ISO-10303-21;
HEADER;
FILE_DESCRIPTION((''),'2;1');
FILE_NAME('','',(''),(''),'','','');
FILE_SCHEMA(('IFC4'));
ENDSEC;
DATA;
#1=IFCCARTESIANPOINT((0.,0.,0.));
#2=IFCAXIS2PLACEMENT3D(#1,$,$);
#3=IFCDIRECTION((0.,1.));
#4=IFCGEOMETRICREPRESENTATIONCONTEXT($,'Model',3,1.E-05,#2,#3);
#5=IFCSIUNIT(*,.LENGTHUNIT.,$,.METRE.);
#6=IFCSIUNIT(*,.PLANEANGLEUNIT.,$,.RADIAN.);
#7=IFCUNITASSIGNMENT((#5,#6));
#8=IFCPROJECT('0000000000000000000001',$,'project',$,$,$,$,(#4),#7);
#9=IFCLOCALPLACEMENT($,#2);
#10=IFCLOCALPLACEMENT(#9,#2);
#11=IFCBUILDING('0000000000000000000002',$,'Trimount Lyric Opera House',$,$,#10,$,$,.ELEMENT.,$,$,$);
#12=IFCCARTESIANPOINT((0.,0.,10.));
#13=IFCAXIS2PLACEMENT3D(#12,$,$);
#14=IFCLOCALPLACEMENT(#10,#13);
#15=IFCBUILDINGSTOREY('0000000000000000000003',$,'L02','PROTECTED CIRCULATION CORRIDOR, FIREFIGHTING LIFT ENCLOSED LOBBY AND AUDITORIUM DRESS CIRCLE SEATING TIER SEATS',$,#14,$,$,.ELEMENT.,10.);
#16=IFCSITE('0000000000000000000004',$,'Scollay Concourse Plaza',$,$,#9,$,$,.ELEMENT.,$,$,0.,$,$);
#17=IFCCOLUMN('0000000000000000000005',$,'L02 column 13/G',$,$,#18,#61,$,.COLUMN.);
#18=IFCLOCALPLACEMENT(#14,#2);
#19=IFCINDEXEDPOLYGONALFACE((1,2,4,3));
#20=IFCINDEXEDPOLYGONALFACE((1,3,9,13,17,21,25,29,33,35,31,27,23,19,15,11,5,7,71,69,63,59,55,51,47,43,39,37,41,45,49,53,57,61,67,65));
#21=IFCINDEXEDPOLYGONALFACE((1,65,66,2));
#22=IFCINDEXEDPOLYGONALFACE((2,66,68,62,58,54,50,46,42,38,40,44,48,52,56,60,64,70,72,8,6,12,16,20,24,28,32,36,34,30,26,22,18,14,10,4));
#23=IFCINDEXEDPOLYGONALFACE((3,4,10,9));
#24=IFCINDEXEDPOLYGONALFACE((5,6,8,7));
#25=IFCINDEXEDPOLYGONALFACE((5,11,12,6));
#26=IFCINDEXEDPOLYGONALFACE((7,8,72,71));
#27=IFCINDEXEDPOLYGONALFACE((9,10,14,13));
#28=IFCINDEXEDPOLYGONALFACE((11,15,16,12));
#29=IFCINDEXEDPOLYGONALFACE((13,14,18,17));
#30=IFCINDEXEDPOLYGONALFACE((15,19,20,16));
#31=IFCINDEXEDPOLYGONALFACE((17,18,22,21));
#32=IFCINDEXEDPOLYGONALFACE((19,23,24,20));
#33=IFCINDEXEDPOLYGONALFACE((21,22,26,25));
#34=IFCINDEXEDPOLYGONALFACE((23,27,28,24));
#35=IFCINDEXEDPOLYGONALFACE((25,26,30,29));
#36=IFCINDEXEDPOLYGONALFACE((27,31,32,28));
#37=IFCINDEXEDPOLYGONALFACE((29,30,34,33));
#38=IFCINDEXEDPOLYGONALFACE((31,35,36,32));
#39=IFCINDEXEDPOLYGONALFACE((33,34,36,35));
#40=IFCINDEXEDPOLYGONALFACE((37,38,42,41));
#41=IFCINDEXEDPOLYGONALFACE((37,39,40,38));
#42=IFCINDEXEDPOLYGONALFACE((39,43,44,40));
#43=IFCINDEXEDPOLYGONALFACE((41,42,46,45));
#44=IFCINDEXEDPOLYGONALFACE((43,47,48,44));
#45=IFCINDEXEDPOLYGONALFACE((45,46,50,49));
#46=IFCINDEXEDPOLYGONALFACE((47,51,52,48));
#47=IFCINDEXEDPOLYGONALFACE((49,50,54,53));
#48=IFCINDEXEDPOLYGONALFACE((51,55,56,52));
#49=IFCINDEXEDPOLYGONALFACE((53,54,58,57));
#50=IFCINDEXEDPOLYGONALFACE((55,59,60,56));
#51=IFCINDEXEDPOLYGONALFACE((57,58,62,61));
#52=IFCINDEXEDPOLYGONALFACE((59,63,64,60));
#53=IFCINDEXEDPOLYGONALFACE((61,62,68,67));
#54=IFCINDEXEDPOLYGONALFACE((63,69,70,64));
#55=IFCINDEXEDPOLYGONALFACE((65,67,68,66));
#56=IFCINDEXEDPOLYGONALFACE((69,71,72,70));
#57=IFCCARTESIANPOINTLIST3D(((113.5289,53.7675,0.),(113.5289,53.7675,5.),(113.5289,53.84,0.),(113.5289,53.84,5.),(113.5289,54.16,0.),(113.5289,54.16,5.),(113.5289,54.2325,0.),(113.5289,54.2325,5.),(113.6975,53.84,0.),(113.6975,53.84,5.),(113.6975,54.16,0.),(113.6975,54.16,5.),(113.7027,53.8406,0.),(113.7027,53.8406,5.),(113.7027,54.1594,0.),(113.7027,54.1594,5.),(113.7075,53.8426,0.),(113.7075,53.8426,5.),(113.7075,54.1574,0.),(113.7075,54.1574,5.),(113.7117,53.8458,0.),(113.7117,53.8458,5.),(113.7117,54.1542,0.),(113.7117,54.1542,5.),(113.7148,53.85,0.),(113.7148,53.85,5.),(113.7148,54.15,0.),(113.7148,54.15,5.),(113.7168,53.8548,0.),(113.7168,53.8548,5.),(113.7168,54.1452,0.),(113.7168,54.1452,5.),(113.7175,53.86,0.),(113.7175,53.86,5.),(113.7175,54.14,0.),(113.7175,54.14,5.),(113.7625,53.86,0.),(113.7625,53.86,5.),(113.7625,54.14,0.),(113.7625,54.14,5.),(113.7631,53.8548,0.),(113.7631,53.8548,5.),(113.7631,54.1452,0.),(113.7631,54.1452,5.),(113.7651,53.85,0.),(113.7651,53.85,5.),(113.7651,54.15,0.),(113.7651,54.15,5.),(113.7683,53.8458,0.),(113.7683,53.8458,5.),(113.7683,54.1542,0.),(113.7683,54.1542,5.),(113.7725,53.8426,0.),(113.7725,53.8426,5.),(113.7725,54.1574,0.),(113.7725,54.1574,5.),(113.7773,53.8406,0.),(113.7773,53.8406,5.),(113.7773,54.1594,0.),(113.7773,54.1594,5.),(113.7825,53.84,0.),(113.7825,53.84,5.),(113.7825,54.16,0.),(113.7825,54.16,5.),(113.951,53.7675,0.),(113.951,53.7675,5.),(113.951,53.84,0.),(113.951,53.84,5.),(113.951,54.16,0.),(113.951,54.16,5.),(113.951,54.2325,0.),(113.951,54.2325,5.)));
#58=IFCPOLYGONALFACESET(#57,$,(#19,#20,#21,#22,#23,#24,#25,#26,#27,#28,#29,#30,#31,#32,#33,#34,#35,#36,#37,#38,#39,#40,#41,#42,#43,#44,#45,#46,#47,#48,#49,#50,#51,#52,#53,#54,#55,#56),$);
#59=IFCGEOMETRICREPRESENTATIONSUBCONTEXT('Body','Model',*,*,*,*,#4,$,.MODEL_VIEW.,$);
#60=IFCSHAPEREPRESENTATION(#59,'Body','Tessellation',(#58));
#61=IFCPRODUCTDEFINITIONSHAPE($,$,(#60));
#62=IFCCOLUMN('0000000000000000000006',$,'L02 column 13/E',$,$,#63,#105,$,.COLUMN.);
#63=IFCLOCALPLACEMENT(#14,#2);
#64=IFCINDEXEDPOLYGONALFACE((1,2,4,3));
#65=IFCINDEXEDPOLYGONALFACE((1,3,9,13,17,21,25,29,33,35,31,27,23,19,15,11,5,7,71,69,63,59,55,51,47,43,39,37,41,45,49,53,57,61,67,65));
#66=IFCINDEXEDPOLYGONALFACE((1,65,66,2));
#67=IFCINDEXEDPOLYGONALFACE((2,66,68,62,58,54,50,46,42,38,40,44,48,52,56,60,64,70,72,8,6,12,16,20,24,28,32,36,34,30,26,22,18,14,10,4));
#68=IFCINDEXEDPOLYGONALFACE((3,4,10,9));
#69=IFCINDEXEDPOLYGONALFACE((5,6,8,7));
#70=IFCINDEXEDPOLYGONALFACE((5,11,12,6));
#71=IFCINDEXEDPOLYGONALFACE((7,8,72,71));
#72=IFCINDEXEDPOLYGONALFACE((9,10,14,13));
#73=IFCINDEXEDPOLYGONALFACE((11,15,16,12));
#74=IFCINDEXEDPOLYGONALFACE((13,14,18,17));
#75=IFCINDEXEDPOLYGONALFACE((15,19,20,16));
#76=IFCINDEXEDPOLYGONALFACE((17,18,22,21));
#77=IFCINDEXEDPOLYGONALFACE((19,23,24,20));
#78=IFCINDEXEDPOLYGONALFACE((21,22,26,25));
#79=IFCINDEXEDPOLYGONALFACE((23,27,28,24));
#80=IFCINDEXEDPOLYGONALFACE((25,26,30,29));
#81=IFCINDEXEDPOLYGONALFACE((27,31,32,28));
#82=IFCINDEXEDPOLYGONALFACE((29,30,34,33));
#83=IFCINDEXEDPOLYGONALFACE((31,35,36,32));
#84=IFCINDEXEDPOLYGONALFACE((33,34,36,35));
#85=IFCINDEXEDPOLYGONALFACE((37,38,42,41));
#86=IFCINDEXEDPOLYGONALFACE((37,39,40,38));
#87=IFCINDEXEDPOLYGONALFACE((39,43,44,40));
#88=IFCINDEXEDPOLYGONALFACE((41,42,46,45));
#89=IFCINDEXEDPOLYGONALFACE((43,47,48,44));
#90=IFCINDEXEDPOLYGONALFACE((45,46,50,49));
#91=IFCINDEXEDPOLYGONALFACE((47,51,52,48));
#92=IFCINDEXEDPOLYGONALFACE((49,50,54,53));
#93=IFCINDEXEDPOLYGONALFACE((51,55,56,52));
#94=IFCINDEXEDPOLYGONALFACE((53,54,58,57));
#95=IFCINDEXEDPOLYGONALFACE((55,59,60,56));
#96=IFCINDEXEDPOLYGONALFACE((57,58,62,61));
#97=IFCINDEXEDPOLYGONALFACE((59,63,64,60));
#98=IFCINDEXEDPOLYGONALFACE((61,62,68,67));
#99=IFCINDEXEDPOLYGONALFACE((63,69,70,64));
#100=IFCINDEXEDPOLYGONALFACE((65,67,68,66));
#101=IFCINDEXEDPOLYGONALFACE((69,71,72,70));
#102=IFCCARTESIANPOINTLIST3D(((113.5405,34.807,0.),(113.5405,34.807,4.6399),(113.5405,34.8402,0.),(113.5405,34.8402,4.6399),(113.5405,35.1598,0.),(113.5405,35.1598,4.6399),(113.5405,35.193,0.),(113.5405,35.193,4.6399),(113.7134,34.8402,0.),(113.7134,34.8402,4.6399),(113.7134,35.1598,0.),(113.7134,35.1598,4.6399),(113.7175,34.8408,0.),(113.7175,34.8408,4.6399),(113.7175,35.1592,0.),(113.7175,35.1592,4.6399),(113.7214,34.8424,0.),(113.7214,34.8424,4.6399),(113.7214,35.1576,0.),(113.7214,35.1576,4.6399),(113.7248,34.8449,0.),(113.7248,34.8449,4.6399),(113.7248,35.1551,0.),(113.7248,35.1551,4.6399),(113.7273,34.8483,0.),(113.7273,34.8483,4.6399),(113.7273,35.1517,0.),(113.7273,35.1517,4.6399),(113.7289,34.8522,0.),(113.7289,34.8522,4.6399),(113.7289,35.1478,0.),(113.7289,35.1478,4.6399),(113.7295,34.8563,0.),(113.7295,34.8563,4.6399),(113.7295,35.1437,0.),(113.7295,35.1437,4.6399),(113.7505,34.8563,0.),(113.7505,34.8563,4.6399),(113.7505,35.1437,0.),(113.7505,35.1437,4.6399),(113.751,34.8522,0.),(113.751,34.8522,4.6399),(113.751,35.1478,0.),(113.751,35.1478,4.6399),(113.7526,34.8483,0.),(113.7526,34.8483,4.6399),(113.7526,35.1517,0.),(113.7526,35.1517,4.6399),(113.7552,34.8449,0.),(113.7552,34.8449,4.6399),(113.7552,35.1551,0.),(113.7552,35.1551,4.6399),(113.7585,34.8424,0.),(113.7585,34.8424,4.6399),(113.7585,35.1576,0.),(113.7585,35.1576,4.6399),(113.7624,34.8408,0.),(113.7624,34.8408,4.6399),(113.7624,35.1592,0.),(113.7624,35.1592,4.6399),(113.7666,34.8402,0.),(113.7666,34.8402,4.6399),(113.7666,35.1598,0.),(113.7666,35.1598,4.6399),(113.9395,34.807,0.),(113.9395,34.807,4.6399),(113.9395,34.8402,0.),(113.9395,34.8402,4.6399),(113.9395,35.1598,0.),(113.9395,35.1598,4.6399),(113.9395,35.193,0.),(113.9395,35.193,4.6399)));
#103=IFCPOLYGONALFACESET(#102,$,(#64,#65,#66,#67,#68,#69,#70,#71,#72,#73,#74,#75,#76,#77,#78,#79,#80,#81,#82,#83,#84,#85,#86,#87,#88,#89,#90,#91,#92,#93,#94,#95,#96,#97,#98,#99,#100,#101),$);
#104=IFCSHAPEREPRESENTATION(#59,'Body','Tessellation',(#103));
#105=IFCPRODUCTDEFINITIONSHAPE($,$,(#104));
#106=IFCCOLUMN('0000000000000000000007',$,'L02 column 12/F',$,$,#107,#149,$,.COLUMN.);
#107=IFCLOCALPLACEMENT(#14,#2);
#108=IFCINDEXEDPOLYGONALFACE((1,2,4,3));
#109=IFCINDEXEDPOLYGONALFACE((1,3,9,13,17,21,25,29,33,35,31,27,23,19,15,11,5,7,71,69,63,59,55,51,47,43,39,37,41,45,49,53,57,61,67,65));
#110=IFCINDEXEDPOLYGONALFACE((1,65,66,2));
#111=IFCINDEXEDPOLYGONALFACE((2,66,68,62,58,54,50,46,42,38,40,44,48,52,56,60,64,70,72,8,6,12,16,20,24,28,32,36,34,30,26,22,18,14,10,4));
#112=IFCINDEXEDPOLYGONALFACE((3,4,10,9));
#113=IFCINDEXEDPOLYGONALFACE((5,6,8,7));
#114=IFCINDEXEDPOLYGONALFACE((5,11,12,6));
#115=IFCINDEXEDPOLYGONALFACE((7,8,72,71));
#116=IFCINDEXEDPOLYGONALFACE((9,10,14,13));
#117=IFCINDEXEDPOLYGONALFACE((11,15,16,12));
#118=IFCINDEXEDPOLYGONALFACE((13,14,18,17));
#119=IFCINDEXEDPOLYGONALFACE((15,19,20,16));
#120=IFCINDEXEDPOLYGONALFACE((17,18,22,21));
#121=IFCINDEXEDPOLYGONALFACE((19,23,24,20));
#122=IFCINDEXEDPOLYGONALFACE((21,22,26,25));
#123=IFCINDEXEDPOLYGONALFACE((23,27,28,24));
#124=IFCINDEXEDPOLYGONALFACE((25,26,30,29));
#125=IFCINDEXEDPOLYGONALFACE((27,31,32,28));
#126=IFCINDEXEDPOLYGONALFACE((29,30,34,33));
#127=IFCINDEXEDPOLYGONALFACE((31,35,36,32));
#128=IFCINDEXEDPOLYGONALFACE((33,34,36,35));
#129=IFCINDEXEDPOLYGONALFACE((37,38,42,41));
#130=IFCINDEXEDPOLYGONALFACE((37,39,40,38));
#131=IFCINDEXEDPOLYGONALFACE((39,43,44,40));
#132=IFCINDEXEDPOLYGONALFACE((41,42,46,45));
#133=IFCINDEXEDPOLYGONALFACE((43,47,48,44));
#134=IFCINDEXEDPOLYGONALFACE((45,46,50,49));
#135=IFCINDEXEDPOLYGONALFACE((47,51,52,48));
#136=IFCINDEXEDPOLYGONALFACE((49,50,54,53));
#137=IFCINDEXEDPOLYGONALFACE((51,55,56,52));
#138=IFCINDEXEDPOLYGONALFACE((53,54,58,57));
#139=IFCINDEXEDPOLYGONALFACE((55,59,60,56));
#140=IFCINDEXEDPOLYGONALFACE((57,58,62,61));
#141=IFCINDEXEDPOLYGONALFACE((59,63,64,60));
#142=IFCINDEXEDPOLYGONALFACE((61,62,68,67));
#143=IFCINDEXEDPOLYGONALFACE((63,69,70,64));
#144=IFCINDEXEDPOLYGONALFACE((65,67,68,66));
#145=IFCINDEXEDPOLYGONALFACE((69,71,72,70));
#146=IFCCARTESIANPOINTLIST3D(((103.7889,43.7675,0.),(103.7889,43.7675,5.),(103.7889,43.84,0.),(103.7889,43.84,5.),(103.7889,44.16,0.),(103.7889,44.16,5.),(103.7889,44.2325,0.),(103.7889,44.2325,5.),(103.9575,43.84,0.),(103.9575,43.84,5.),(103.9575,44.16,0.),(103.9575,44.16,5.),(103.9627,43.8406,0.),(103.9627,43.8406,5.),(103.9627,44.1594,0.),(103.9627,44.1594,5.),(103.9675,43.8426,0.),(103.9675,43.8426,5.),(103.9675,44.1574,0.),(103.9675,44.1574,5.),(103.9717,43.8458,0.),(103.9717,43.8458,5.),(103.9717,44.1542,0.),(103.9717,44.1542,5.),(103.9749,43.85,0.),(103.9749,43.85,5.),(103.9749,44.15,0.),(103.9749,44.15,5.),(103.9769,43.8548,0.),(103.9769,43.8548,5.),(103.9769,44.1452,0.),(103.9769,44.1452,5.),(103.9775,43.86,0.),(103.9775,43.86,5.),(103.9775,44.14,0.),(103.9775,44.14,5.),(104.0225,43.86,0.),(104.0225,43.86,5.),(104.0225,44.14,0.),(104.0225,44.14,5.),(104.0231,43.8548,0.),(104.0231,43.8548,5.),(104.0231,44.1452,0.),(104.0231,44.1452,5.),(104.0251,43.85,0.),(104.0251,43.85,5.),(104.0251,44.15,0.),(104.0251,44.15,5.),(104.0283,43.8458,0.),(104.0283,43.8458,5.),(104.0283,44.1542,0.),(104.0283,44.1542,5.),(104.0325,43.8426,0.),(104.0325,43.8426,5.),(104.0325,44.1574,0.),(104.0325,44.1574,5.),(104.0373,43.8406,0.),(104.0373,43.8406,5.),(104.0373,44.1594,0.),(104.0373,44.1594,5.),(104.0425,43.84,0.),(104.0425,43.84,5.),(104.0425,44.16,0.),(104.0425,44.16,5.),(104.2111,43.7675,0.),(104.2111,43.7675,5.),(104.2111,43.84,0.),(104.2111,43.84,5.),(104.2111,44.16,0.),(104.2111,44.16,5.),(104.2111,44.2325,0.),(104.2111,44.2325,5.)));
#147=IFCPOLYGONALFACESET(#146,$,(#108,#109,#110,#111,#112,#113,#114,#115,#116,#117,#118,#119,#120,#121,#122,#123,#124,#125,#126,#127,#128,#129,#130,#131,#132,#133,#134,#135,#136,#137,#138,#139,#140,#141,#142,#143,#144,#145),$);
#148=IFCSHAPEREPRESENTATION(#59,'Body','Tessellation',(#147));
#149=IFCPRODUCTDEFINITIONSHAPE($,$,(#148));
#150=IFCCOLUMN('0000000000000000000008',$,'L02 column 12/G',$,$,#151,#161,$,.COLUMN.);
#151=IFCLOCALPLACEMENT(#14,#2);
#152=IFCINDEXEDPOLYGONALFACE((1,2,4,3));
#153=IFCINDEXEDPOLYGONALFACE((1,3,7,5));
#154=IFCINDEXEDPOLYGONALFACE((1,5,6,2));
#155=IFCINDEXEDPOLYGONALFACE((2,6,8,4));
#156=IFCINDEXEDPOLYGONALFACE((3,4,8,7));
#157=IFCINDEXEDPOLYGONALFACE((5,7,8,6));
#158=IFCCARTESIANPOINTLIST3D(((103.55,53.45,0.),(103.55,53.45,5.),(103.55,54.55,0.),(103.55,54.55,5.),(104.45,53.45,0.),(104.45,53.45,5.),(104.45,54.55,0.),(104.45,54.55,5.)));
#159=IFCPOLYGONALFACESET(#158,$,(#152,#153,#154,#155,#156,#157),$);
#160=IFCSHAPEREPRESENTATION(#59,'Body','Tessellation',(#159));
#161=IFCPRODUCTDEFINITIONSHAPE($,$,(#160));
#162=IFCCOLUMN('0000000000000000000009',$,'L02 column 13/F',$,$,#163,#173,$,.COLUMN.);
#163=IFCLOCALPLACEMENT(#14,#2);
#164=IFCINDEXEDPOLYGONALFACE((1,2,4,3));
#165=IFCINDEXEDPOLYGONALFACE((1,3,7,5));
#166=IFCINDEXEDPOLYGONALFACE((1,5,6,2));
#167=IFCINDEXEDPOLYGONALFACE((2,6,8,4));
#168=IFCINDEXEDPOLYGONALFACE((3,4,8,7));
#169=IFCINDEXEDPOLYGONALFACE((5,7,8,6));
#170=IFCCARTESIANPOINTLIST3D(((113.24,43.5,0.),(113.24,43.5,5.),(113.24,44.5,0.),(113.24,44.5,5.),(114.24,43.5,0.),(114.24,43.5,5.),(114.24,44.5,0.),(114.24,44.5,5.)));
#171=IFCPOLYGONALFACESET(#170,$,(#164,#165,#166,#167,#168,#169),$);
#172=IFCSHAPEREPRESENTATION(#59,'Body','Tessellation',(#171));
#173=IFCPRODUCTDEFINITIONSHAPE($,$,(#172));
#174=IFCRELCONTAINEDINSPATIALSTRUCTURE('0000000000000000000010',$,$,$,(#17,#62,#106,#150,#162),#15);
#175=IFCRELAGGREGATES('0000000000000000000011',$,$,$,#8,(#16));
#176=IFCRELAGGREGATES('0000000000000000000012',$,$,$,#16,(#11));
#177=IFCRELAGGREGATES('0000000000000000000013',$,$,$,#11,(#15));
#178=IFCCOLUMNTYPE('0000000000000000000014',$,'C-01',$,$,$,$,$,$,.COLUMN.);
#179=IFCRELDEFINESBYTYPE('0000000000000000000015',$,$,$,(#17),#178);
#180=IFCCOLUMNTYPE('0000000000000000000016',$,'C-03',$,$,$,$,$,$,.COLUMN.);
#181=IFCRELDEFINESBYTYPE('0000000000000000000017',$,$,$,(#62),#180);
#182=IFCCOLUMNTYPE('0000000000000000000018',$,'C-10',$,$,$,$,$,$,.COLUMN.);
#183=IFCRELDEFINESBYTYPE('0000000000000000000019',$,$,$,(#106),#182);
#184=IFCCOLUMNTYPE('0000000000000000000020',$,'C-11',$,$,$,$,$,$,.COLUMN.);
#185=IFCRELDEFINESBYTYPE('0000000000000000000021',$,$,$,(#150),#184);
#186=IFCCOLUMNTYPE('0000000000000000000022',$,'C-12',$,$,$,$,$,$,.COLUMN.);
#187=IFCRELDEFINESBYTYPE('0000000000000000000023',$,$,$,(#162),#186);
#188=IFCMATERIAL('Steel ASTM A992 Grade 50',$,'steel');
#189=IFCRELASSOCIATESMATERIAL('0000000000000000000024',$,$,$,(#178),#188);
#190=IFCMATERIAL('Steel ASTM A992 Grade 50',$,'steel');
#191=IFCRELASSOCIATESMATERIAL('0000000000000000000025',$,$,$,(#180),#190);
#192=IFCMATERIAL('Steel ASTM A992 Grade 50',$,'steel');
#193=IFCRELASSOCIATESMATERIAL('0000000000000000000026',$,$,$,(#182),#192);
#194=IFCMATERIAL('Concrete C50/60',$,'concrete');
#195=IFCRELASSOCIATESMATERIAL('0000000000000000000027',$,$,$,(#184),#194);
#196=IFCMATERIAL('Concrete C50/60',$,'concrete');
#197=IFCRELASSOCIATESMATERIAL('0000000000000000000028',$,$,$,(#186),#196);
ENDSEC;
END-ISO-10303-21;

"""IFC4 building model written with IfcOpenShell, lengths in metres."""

from ifc_helpers import new_model, si_unit, direction, frame, origin, origin_2d, place, context, subcontext, project, spatial, rectangle, i_section, extrude, material, material_profile, profile_set, type_object, element, save


model = new_model("IFC4")

# Units and contexts
model_context = context("Model", 3, precision=1e-05, world=origin(), true_north=direction((0.0, 1.0)))
body_context = subcontext(model_context, "Body", "Model", "MODEL_VIEW")
ifc_project = project(units=[si_unit("LENGTHUNIT", "METRE"), si_unit("PLANEANGLEUNIT", "RADIAN")], contexts=[model_context])

# Site, building, storey
site_placement = place(None, origin())
site = spatial("IfcSite", under=ifc_project, at=site_placement, Name="Scollay Concourse Plaza", CompositionType="ELEMENT", RefElevation=0.0)
building_placement = place(site_placement, origin())
building = spatial("IfcBuilding", under=site, at=building_placement, Name="Trimount Lyric Opera House", CompositionType="ELEMENT")
storey_placement = place(building_placement, frame((0.0, 0.0, 10.0)))
storey = spatial("IfcBuildingStorey", under=building, at=storey_placement, Name="L02", Description="PROTECTED CIRCULATION CORRIDOR, FIREFIGHTING LIFT ENCLOSED LOBBY AND AUDITORIUM DRESS CIRCLE SEATING TIER SEATS", CompositionType="ELEMENT", Elevation=10.0)

# Columns
ifc_material_1 = material(Name="Steel ASTM A992 Grade 50", Category="steel")
ifc_material_profile_1 = material_profile(ifc_material_1, i_section(OverallWidth=0.4221, OverallDepth=0.4651, WebThickness=0.0449, FlangeThickness=0.0725, FilletRadius=0.02, at=origin_2d()), Name="W14X398")
ifc_profile_set_1 = profile_set([ifc_material_profile_1], Name="Steel ASTM A992 Grade 50")
column_type_1 = type_object("IfcColumnType", Name="C-01", PredefinedType="COLUMN", material=ifc_profile_set_1)
column_1_placement = place(storey_placement, frame((113.74, 54.0, 0.0), z_axis=(0.0, 0.0, 1.0), x_axis=(1.0, 0.0, 0.0)))
element("IfcColumn", 1, at=column_1_placement, inside=storey, type_object=column_type_1, Name="L02 column 13/G", PredefinedType="COLUMN", context=body_context, shape_type="SweptSolid", body=[
    extrude(i_section(OverallWidth=0.4221, OverallDepth=0.4651, WebThickness=0.0449, FlangeThickness=0.0725, FilletRadius=0.02, at=origin_2d()), origin(), (0.0, 0.0, 1.0), 5.0),
])
ifc_material_2 = material(Name="Steel ASTM A992 Grade 50", Category="steel")
ifc_material_profile_2 = material_profile(ifc_material_2, i_section(OverallWidth=0.3989, OverallDepth=0.386, WebThickness=0.021, FlangeThickness=0.0332, FilletRadius=0.0161, at=origin_2d()), Name="W14X176")
ifc_profile_set_2 = profile_set([ifc_material_profile_2], Name="Steel ASTM A992 Grade 50")
column_type_2 = type_object("IfcColumnType", Name="C-03", PredefinedType="COLUMN", material=ifc_profile_set_2)
column_2_placement = place(storey_placement, frame((113.74, 35.0, 0.0), z_axis=(0.0, 0.0, 1.0), x_axis=(1.0, 0.0, 0.0)))
element("IfcColumn", 2, at=column_2_placement, inside=storey, type_object=column_type_2, Name="L02 column 13/E", PredefinedType="COLUMN", context=body_context, shape_type="SweptSolid", body=[
    extrude(i_section(OverallWidth=0.3989, OverallDepth=0.386, WebThickness=0.021, FlangeThickness=0.0332, FilletRadius=0.0161, at=origin_2d()), origin(), (0.0, 0.0, 1.0), 4.6399),
])
ifc_material_3 = material(Name="Steel ASTM A992 Grade 50", Category="steel")
ifc_material_profile_3 = material_profile(ifc_material_3, i_section(OverallWidth=0.4221, OverallDepth=0.4651, WebThickness=0.0449, FlangeThickness=0.0725, FilletRadius=0.02, at=origin_2d()), Name="W14X398")
ifc_profile_set_3 = profile_set([ifc_material_profile_3], Name="Steel ASTM A992 Grade 50")
column_type_3 = type_object("IfcColumnType", Name="C-10", PredefinedType="COLUMN", material=ifc_profile_set_3)
column_3_placement = place(storey_placement, frame((104.0, 44.0, 0.0), z_axis=(0.0, 0.0, 1.0), x_axis=(1.0, 0.0, 0.0)))
element("IfcColumn", 3, at=column_3_placement, inside=storey, type_object=column_type_3, Name="L02 column 12/F", PredefinedType="COLUMN", context=body_context, shape_type="SweptSolid", body=[
    extrude(i_section(OverallWidth=0.4221, OverallDepth=0.4651, WebThickness=0.0449, FlangeThickness=0.0725, FilletRadius=0.02, at=origin_2d()), origin(), (0.0, 0.0, 1.0), 5.0),
])
ifc_material_4 = material(Name="Concrete C50/60", Category="concrete")
ifc_material_profile_4 = material_profile(ifc_material_4, rectangle(XDim=0.8999, YDim=1.1001, at=origin_2d()), Name="RC1100X900")
ifc_profile_set_4 = profile_set([ifc_material_profile_4], Name="Concrete C50/60")
column_type_4 = type_object("IfcColumnType", Name="C-11", PredefinedType="COLUMN", material=ifc_profile_set_4)
column_4_placement = place(storey_placement, frame((104.0, 54.0, 0.0), z_axis=(0.0, 0.0, 1.0), x_axis=(1.0, 0.0, 0.0)))
element("IfcColumn", 4, at=column_4_placement, inside=storey, type_object=column_type_4, Name="L02 column 12/G", PredefinedType="COLUMN", context=body_context, shape_type="SweptSolid", body=[
    extrude(rectangle(XDim=0.8999, YDim=1.1001, at=origin_2d()), origin(), (0.0, 0.0, 1.0), 5.0),
])
ifc_material_5 = material(Name="Concrete C50/60", Category="concrete")
ifc_material_profile_5 = material_profile(ifc_material_5, rectangle(XDim=1.0, YDim=1.0, at=origin_2d()), Name="RC1000X1000")
ifc_profile_set_5 = profile_set([ifc_material_profile_5], Name="Concrete C50/60")
column_type_5 = type_object("IfcColumnType", Name="C-12", PredefinedType="COLUMN", material=ifc_profile_set_5)
column_5_placement = place(storey_placement, frame((113.74, 44.0, 0.0), z_axis=(0.0, 0.0, 1.0), x_axis=(1.0, 0.0, 0.0)))
element("IfcColumn", 5, at=column_5_placement, inside=storey, type_object=column_type_5, Name="L02 column 13/F", PredefinedType="COLUMN", context=body_context, shape_type="SweptSolid", body=[
    extrude(rectangle(XDim=1.0, YDim=1.0, at=origin_2d()), origin(), (0.0, 0.0, 1.0), 5.0),
])

save(model, "model.ifc")
